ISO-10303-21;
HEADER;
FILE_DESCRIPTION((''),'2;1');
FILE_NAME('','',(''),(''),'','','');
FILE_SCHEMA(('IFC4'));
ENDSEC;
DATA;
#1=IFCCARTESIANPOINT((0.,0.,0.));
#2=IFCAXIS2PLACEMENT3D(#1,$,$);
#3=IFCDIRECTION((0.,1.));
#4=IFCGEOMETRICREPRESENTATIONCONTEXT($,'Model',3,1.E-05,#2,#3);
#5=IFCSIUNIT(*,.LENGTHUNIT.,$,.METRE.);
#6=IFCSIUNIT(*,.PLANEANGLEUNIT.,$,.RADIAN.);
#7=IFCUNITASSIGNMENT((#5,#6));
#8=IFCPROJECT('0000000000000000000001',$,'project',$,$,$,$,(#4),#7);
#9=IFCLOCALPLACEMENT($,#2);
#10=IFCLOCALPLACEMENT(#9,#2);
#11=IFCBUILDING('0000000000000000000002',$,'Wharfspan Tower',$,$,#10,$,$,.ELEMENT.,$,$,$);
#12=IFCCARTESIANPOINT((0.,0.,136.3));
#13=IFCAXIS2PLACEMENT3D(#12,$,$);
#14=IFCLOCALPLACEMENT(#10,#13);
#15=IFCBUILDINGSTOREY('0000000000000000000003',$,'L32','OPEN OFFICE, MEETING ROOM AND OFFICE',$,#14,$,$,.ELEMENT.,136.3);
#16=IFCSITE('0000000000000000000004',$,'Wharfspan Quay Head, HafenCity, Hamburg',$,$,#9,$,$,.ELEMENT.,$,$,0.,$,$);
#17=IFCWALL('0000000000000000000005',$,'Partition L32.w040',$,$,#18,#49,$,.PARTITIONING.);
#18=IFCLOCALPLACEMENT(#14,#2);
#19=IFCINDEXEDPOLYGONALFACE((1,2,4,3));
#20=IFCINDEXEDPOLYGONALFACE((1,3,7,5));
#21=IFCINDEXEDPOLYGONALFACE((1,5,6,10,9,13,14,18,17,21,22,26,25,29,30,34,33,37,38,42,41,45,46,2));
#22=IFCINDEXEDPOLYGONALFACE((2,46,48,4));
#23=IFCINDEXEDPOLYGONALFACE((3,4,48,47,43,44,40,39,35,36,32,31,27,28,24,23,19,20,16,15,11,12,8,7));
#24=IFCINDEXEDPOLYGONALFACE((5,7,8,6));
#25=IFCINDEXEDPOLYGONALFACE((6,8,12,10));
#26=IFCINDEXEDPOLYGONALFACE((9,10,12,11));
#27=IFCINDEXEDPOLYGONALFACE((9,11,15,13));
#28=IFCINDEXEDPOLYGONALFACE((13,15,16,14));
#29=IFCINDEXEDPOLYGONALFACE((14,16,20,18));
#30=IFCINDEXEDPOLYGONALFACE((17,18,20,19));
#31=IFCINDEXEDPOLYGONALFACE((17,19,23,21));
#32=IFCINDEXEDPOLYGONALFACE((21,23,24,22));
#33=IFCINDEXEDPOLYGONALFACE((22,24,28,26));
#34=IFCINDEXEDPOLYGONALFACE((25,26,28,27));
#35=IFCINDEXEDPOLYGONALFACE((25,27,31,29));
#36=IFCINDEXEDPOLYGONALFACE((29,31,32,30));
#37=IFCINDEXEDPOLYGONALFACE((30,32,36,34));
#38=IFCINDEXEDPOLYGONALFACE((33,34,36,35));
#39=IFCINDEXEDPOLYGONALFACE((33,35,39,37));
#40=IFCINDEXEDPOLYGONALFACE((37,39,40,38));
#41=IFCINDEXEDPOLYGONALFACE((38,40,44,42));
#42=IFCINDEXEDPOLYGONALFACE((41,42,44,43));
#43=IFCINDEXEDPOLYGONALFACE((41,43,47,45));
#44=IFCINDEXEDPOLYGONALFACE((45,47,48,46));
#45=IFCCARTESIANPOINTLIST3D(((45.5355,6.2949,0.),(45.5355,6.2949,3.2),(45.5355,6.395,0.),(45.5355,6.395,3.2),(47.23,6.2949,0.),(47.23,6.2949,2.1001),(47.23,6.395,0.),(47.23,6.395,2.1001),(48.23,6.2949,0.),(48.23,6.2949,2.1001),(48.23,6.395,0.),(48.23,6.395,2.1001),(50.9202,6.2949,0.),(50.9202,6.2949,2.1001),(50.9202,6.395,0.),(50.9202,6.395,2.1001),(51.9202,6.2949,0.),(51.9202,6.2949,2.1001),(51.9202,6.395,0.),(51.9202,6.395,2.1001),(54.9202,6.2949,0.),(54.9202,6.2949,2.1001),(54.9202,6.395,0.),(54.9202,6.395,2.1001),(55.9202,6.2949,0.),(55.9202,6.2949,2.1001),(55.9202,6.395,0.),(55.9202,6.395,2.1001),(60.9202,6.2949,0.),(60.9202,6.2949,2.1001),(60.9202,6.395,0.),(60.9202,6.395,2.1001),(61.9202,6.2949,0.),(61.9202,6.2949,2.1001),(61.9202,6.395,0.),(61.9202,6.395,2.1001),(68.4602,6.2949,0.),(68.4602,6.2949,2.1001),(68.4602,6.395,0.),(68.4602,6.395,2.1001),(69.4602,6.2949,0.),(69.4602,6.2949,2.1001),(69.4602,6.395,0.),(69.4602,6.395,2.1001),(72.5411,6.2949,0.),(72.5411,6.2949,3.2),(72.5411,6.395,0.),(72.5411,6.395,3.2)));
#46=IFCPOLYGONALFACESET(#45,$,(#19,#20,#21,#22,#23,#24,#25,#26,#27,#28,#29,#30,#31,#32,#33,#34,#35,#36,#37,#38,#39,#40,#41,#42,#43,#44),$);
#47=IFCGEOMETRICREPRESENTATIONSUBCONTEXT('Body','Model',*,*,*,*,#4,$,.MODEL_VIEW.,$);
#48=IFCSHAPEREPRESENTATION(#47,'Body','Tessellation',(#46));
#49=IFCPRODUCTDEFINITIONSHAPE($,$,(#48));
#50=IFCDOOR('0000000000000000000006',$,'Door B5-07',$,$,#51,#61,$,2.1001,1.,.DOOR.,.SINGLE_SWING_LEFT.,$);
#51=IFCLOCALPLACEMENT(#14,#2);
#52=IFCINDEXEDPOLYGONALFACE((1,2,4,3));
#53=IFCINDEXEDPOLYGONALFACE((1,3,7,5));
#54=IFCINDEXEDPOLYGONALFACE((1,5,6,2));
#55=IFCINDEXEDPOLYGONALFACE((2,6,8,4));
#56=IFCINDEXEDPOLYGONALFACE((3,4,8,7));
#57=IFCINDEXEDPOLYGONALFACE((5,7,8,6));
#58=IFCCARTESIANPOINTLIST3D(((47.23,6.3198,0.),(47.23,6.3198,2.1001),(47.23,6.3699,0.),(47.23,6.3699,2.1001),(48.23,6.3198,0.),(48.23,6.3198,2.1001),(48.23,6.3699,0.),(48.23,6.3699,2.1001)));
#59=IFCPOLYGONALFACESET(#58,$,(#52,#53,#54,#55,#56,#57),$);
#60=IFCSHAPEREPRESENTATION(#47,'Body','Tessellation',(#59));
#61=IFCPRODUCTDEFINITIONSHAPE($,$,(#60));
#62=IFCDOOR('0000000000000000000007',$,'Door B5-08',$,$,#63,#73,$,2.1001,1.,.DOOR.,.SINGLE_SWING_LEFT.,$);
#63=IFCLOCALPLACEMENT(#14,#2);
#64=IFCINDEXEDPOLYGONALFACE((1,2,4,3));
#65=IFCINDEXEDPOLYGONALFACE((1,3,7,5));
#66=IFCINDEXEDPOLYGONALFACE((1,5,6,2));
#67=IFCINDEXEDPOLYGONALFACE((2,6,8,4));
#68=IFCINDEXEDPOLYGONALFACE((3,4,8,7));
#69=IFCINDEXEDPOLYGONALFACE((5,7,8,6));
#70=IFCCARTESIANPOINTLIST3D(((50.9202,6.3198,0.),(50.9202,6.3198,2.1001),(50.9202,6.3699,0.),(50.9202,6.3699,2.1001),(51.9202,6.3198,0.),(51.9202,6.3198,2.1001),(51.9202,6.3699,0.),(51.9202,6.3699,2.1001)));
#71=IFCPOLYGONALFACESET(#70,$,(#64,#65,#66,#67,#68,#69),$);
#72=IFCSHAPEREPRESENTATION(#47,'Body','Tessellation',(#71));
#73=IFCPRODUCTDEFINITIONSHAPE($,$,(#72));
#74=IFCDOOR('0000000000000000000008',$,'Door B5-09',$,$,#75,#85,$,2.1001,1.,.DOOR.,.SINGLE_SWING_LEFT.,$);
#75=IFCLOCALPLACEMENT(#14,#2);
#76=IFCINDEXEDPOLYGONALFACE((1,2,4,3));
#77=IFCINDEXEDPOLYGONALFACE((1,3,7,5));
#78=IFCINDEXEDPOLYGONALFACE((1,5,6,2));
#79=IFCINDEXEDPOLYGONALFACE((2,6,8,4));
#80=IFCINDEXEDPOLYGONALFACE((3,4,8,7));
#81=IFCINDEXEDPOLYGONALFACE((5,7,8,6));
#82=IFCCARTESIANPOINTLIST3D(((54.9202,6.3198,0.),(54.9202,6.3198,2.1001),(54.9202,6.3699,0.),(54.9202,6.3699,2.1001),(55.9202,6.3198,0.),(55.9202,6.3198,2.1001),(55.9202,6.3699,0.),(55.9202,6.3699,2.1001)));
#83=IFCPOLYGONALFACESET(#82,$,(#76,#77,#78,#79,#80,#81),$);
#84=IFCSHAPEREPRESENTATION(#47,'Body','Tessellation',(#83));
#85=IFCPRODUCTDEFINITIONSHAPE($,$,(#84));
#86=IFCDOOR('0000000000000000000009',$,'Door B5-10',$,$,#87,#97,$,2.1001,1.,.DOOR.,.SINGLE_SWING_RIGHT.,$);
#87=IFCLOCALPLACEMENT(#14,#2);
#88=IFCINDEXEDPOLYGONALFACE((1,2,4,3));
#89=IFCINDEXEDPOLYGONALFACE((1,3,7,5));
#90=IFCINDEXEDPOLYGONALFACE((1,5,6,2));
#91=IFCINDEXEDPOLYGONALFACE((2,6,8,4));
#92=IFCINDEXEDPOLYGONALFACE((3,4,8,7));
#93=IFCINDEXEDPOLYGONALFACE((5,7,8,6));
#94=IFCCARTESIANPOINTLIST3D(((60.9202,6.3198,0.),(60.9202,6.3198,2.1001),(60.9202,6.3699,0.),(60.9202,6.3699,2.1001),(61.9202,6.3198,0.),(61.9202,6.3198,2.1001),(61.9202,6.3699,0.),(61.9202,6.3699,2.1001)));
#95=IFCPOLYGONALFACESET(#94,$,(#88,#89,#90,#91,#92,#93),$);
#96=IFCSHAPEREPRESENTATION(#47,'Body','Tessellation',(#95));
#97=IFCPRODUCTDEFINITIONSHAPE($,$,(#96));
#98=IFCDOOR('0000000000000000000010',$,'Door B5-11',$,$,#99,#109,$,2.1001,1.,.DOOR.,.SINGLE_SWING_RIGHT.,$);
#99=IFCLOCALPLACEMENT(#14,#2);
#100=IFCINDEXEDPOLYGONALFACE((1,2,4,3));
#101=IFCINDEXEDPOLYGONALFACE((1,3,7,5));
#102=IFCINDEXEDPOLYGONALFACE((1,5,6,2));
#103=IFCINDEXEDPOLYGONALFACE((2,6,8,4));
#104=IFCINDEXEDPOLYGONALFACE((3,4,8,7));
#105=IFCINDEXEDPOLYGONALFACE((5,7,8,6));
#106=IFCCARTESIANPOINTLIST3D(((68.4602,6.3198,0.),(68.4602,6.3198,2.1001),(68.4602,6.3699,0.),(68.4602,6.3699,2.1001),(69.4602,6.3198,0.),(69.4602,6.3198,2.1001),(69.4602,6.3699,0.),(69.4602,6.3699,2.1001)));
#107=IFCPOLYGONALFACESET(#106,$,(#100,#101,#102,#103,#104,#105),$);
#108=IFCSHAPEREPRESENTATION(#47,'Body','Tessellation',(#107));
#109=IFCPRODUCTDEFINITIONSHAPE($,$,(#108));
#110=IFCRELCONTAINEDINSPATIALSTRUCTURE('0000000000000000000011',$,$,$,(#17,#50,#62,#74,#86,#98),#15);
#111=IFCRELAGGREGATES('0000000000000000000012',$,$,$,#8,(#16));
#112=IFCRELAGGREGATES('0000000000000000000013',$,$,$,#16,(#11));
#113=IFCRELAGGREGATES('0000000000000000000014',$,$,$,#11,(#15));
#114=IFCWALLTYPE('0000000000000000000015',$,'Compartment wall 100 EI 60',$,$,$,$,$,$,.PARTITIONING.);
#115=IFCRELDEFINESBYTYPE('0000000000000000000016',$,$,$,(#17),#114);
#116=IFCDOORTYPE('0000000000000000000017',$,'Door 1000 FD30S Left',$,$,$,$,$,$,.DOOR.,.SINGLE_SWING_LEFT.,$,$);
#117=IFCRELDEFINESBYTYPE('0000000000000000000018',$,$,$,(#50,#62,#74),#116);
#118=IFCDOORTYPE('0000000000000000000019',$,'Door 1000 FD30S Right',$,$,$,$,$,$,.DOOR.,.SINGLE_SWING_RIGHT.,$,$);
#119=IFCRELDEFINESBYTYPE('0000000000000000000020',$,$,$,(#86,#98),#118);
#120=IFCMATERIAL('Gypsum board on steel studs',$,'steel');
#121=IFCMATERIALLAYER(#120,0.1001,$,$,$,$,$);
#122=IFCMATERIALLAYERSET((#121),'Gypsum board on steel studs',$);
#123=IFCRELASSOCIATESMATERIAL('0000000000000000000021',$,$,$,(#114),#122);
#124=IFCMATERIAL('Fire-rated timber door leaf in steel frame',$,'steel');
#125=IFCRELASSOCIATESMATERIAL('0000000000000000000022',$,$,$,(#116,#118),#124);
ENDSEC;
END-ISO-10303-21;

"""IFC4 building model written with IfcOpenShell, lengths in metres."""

from ifc_helpers import new_model, si_unit, direction, frame, frame_2d, origin, place, context, subcontext, project, spatial, rectangle, extrude, material, layer, layer_set, type_object, element, fill, save


model = new_model("IFC4")

# Units and contexts
model_context = context("Model", 3, precision=1e-05, world=origin(), true_north=direction((0.0, 1.0)))
body_context = subcontext(model_context, "Body", "Model", "MODEL_VIEW")
ifc_project = project(units=[si_unit("LENGTHUNIT", "METRE"), si_unit("PLANEANGLEUNIT", "RADIAN")], contexts=[model_context])

# Site, building, storey
site_placement = place(None, origin())
site = spatial("IfcSite", under=ifc_project, at=site_placement, Name="Wharfspan Quay Head, HafenCity, Hamburg", CompositionType="ELEMENT", RefElevation=0.0)
building_placement = place(site_placement, origin())
building = spatial("IfcBuilding", under=site, at=building_placement, Name="Wharfspan Tower", CompositionType="ELEMENT")
storey_placement = place(building_placement, frame((0.0, 0.0, 136.3)))
storey = spatial("IfcBuildingStorey", under=building, at=storey_placement, Name="L32", Description="OPEN OFFICE, MEETING ROOM AND OFFICE", CompositionType="ELEMENT", Elevation=136.3)

# Shared definitions
ifc_material_1 = material(Name="Gypsum board on steel studs", Category="steel")
ifc_layer = layer(ifc_material_1, 0.1001)
ifc_layer_set = layer_set([ifc_layer], Name="Gypsum board on steel studs")
wall_type = type_object("IfcWallType", Name="Compartment wall 100 EI 60", PredefinedType="PARTITIONING", material=ifc_layer_set)

# Shared definitions
ifc_material_2 = material(Name="Fire-rated timber door leaf in steel frame", Category="steel")

# Wall, openings, doors
wall_1_placement = place(storey_placement, frame((45.5354, 6.345, 0.0), z_axis=(0.0, 0.0, 1.0), x_axis=(1.0, 0.0, 0.0)))
wall_1 = element("IfcWall", 1, at=wall_1_placement, inside=storey, type_object=wall_type, Name="Partition L32.w040", PredefinedType="PARTITIONING", context=body_context, shape_type="SweptSolid", body=[
    extrude(rectangle(XDim=27.0056, YDim=0.1001, at=frame_2d((13.5029, 0.0))), origin(), (0.0, 0.0, 1.0), 3.2),
])
opening_1_placement = place(wall_1_placement, frame((1.6946, 0.0, 0.0)))
opening_1 = element("IfcOpeningElement", 2, at=opening_1_placement, cuts=wall_1, PredefinedType="OPENING", context=body_context, shape_type="SweptSolid", body=[
    extrude(rectangle(XDim=1.0, YDim=2.1001, at=frame_2d((0.5, 1.05))), frame((0.0, 0.0601, 0.0), z_axis=(0.0, -1.0, 0.0), x_axis=(1.0, 0.0, 0.0)), (0.0, 0.0, 1.0), 0.1201),
])
opening_2_placement = place(wall_1_placement, frame((5.3848, 0.0, 0.0)))
opening_2 = element("IfcOpeningElement", 3, at=opening_2_placement, cuts=wall_1, PredefinedType="OPENING", context=body_context, shape_type="SweptSolid", body=[
    extrude(rectangle(XDim=1.0, YDim=2.1001, at=frame_2d((0.5, 1.05))), frame((0.0, 0.0601, 0.0), z_axis=(0.0, -1.0, 0.0), x_axis=(1.0, 0.0, 0.0)), (0.0, 0.0, 1.0), 0.1201),
])
opening_3_placement = place(wall_1_placement, frame((9.3848, 0.0, 0.0)))
opening_3 = element("IfcOpeningElement", 4, at=opening_3_placement, cuts=wall_1, PredefinedType="OPENING", context=body_context, shape_type="SweptSolid", body=[
    extrude(rectangle(XDim=1.0, YDim=2.1001, at=frame_2d((0.5, 1.05))), frame((0.0, 0.0601, 0.0), z_axis=(0.0, -1.0, 0.0), x_axis=(1.0, 0.0, 0.0)), (0.0, 0.0, 1.0), 0.1201),
])
opening_4_placement = place(wall_1_placement, frame((15.3848, 0.0, 0.0)))
opening_4 = element("IfcOpeningElement", 5, at=opening_4_placement, cuts=wall_1, PredefinedType="OPENING", context=body_context, shape_type="SweptSolid", body=[
    extrude(rectangle(XDim=1.0, YDim=2.1001, at=frame_2d((0.5, 1.05))), frame((0.0, 0.0601, 0.0), z_axis=(0.0, -1.0, 0.0), x_axis=(1.0, 0.0, 0.0)), (0.0, 0.0, 1.0), 0.1201),
])
opening_5_placement = place(wall_1_placement, frame((22.9248, 0.0, 0.0)))
opening_5 = element("IfcOpeningElement", 6, at=opening_5_placement, cuts=wall_1, PredefinedType="OPENING", context=body_context, shape_type="SweptSolid", body=[
    extrude(rectangle(XDim=1.0, YDim=2.1001, at=frame_2d((0.5, 1.05))), frame((0.0, 0.0601, 0.0), z_axis=(0.0, -1.0, 0.0), x_axis=(1.0, 0.0, 0.0)), (0.0, 0.0, 1.0), 0.1201),
])
door_type_1 = type_object("IfcDoorType", Name="Door 1000 FD30S Left", OperationType="SINGLE_SWING_LEFT", PredefinedType="DOOR", material=ifc_material_2)
door_1_placement = place(opening_1_placement, origin())
door_1 = element("IfcDoor", 7, at=door_1_placement, inside=storey, type_object=door_type_1, Name="Door B5-07", OperationType="SINGLE_SWING_LEFT", OverallHeight=2.1001, OverallWidth=1.0, PredefinedType="DOOR", context=body_context, shape_type="SweptSolid", body=[
    extrude(rectangle(XDim=1.0, YDim=2.1001, at=frame_2d((0.5, 1.05))), frame((0.0, 0.0249, 0.0), z_axis=(0.0, -1.0, 0.0), x_axis=(1.0, 0.0, 0.0)), (0.0, 0.0, 1.0), 0.05),
])
fill(opening_1, door_1)
door_2_placement = place(opening_2_placement, origin())
door_2 = element("IfcDoor", 8, at=door_2_placement, inside=storey, type_object=door_type_1, Name="Door B5-08", OperationType="SINGLE_SWING_LEFT", OverallHeight=2.1001, OverallWidth=1.0, PredefinedType="DOOR", context=body_context, shape_type="SweptSolid", body=[
    extrude(rectangle(XDim=1.0, YDim=2.1001, at=frame_2d((0.5, 1.05))), frame((0.0, 0.0249, 0.0), z_axis=(0.0, -1.0, 0.0), x_axis=(1.0, 0.0, 0.0)), (0.0, 0.0, 1.0), 0.05),
])
fill(opening_2, door_2)
door_3_placement = place(opening_3_placement, origin())
door_3 = element("IfcDoor", 9, at=door_3_placement, inside=storey, type_object=door_type_1, Name="Door B5-09", OperationType="SINGLE_SWING_LEFT", OverallHeight=2.1001, OverallWidth=1.0, PredefinedType="DOOR", context=body_context, shape_type="SweptSolid", body=[
    extrude(rectangle(XDim=1.0, YDim=2.1001, at=frame_2d((0.5, 1.05))), frame((0.0, 0.0249, 0.0), z_axis=(0.0, -1.0, 0.0), x_axis=(1.0, 0.0, 0.0)), (0.0, 0.0, 1.0), 0.05),
])
fill(opening_3, door_3)
door_type_2 = type_object("IfcDoorType", Name="Door 1000 FD30S Right", OperationType="SINGLE_SWING_RIGHT", PredefinedType="DOOR", material=ifc_material_2)
door_4_placement = place(opening_4_placement, origin())
door_4 = element("IfcDoor", 10, at=door_4_placement, inside=storey, type_object=door_type_2, Name="Door B5-10", OperationType="SINGLE_SWING_RIGHT", OverallHeight=2.1001, OverallWidth=1.0, PredefinedType="DOOR", context=body_context, shape_type="SweptSolid", body=[
    extrude(rectangle(XDim=1.0, YDim=2.1001, at=frame_2d((0.5, 1.05))), frame((0.0, 0.0249, 0.0), z_axis=(0.0, -1.0, 0.0), x_axis=(1.0, 0.0, 0.0)), (0.0, 0.0, 1.0), 0.05),
])
fill(opening_4, door_4)
door_5_placement = place(opening_5_placement, origin())
door_5 = element("IfcDoor", 11, at=door_5_placement, inside=storey, type_object=door_type_2, Name="Door B5-11", OperationType="SINGLE_SWING_RIGHT", OverallHeight=2.1001, OverallWidth=1.0, PredefinedType="DOOR", context=body_context, shape_type="SweptSolid", body=[
    extrude(rectangle(XDim=1.0, YDim=2.1001, at=frame_2d((0.5, 1.05))), frame((0.0, 0.0249, 0.0), z_axis=(0.0, -1.0, 0.0), x_axis=(1.0, 0.0, 0.0)), (0.0, 0.0, 1.0), 0.05),
])
fill(opening_5, door_5)

save(model, "model.ifc")
